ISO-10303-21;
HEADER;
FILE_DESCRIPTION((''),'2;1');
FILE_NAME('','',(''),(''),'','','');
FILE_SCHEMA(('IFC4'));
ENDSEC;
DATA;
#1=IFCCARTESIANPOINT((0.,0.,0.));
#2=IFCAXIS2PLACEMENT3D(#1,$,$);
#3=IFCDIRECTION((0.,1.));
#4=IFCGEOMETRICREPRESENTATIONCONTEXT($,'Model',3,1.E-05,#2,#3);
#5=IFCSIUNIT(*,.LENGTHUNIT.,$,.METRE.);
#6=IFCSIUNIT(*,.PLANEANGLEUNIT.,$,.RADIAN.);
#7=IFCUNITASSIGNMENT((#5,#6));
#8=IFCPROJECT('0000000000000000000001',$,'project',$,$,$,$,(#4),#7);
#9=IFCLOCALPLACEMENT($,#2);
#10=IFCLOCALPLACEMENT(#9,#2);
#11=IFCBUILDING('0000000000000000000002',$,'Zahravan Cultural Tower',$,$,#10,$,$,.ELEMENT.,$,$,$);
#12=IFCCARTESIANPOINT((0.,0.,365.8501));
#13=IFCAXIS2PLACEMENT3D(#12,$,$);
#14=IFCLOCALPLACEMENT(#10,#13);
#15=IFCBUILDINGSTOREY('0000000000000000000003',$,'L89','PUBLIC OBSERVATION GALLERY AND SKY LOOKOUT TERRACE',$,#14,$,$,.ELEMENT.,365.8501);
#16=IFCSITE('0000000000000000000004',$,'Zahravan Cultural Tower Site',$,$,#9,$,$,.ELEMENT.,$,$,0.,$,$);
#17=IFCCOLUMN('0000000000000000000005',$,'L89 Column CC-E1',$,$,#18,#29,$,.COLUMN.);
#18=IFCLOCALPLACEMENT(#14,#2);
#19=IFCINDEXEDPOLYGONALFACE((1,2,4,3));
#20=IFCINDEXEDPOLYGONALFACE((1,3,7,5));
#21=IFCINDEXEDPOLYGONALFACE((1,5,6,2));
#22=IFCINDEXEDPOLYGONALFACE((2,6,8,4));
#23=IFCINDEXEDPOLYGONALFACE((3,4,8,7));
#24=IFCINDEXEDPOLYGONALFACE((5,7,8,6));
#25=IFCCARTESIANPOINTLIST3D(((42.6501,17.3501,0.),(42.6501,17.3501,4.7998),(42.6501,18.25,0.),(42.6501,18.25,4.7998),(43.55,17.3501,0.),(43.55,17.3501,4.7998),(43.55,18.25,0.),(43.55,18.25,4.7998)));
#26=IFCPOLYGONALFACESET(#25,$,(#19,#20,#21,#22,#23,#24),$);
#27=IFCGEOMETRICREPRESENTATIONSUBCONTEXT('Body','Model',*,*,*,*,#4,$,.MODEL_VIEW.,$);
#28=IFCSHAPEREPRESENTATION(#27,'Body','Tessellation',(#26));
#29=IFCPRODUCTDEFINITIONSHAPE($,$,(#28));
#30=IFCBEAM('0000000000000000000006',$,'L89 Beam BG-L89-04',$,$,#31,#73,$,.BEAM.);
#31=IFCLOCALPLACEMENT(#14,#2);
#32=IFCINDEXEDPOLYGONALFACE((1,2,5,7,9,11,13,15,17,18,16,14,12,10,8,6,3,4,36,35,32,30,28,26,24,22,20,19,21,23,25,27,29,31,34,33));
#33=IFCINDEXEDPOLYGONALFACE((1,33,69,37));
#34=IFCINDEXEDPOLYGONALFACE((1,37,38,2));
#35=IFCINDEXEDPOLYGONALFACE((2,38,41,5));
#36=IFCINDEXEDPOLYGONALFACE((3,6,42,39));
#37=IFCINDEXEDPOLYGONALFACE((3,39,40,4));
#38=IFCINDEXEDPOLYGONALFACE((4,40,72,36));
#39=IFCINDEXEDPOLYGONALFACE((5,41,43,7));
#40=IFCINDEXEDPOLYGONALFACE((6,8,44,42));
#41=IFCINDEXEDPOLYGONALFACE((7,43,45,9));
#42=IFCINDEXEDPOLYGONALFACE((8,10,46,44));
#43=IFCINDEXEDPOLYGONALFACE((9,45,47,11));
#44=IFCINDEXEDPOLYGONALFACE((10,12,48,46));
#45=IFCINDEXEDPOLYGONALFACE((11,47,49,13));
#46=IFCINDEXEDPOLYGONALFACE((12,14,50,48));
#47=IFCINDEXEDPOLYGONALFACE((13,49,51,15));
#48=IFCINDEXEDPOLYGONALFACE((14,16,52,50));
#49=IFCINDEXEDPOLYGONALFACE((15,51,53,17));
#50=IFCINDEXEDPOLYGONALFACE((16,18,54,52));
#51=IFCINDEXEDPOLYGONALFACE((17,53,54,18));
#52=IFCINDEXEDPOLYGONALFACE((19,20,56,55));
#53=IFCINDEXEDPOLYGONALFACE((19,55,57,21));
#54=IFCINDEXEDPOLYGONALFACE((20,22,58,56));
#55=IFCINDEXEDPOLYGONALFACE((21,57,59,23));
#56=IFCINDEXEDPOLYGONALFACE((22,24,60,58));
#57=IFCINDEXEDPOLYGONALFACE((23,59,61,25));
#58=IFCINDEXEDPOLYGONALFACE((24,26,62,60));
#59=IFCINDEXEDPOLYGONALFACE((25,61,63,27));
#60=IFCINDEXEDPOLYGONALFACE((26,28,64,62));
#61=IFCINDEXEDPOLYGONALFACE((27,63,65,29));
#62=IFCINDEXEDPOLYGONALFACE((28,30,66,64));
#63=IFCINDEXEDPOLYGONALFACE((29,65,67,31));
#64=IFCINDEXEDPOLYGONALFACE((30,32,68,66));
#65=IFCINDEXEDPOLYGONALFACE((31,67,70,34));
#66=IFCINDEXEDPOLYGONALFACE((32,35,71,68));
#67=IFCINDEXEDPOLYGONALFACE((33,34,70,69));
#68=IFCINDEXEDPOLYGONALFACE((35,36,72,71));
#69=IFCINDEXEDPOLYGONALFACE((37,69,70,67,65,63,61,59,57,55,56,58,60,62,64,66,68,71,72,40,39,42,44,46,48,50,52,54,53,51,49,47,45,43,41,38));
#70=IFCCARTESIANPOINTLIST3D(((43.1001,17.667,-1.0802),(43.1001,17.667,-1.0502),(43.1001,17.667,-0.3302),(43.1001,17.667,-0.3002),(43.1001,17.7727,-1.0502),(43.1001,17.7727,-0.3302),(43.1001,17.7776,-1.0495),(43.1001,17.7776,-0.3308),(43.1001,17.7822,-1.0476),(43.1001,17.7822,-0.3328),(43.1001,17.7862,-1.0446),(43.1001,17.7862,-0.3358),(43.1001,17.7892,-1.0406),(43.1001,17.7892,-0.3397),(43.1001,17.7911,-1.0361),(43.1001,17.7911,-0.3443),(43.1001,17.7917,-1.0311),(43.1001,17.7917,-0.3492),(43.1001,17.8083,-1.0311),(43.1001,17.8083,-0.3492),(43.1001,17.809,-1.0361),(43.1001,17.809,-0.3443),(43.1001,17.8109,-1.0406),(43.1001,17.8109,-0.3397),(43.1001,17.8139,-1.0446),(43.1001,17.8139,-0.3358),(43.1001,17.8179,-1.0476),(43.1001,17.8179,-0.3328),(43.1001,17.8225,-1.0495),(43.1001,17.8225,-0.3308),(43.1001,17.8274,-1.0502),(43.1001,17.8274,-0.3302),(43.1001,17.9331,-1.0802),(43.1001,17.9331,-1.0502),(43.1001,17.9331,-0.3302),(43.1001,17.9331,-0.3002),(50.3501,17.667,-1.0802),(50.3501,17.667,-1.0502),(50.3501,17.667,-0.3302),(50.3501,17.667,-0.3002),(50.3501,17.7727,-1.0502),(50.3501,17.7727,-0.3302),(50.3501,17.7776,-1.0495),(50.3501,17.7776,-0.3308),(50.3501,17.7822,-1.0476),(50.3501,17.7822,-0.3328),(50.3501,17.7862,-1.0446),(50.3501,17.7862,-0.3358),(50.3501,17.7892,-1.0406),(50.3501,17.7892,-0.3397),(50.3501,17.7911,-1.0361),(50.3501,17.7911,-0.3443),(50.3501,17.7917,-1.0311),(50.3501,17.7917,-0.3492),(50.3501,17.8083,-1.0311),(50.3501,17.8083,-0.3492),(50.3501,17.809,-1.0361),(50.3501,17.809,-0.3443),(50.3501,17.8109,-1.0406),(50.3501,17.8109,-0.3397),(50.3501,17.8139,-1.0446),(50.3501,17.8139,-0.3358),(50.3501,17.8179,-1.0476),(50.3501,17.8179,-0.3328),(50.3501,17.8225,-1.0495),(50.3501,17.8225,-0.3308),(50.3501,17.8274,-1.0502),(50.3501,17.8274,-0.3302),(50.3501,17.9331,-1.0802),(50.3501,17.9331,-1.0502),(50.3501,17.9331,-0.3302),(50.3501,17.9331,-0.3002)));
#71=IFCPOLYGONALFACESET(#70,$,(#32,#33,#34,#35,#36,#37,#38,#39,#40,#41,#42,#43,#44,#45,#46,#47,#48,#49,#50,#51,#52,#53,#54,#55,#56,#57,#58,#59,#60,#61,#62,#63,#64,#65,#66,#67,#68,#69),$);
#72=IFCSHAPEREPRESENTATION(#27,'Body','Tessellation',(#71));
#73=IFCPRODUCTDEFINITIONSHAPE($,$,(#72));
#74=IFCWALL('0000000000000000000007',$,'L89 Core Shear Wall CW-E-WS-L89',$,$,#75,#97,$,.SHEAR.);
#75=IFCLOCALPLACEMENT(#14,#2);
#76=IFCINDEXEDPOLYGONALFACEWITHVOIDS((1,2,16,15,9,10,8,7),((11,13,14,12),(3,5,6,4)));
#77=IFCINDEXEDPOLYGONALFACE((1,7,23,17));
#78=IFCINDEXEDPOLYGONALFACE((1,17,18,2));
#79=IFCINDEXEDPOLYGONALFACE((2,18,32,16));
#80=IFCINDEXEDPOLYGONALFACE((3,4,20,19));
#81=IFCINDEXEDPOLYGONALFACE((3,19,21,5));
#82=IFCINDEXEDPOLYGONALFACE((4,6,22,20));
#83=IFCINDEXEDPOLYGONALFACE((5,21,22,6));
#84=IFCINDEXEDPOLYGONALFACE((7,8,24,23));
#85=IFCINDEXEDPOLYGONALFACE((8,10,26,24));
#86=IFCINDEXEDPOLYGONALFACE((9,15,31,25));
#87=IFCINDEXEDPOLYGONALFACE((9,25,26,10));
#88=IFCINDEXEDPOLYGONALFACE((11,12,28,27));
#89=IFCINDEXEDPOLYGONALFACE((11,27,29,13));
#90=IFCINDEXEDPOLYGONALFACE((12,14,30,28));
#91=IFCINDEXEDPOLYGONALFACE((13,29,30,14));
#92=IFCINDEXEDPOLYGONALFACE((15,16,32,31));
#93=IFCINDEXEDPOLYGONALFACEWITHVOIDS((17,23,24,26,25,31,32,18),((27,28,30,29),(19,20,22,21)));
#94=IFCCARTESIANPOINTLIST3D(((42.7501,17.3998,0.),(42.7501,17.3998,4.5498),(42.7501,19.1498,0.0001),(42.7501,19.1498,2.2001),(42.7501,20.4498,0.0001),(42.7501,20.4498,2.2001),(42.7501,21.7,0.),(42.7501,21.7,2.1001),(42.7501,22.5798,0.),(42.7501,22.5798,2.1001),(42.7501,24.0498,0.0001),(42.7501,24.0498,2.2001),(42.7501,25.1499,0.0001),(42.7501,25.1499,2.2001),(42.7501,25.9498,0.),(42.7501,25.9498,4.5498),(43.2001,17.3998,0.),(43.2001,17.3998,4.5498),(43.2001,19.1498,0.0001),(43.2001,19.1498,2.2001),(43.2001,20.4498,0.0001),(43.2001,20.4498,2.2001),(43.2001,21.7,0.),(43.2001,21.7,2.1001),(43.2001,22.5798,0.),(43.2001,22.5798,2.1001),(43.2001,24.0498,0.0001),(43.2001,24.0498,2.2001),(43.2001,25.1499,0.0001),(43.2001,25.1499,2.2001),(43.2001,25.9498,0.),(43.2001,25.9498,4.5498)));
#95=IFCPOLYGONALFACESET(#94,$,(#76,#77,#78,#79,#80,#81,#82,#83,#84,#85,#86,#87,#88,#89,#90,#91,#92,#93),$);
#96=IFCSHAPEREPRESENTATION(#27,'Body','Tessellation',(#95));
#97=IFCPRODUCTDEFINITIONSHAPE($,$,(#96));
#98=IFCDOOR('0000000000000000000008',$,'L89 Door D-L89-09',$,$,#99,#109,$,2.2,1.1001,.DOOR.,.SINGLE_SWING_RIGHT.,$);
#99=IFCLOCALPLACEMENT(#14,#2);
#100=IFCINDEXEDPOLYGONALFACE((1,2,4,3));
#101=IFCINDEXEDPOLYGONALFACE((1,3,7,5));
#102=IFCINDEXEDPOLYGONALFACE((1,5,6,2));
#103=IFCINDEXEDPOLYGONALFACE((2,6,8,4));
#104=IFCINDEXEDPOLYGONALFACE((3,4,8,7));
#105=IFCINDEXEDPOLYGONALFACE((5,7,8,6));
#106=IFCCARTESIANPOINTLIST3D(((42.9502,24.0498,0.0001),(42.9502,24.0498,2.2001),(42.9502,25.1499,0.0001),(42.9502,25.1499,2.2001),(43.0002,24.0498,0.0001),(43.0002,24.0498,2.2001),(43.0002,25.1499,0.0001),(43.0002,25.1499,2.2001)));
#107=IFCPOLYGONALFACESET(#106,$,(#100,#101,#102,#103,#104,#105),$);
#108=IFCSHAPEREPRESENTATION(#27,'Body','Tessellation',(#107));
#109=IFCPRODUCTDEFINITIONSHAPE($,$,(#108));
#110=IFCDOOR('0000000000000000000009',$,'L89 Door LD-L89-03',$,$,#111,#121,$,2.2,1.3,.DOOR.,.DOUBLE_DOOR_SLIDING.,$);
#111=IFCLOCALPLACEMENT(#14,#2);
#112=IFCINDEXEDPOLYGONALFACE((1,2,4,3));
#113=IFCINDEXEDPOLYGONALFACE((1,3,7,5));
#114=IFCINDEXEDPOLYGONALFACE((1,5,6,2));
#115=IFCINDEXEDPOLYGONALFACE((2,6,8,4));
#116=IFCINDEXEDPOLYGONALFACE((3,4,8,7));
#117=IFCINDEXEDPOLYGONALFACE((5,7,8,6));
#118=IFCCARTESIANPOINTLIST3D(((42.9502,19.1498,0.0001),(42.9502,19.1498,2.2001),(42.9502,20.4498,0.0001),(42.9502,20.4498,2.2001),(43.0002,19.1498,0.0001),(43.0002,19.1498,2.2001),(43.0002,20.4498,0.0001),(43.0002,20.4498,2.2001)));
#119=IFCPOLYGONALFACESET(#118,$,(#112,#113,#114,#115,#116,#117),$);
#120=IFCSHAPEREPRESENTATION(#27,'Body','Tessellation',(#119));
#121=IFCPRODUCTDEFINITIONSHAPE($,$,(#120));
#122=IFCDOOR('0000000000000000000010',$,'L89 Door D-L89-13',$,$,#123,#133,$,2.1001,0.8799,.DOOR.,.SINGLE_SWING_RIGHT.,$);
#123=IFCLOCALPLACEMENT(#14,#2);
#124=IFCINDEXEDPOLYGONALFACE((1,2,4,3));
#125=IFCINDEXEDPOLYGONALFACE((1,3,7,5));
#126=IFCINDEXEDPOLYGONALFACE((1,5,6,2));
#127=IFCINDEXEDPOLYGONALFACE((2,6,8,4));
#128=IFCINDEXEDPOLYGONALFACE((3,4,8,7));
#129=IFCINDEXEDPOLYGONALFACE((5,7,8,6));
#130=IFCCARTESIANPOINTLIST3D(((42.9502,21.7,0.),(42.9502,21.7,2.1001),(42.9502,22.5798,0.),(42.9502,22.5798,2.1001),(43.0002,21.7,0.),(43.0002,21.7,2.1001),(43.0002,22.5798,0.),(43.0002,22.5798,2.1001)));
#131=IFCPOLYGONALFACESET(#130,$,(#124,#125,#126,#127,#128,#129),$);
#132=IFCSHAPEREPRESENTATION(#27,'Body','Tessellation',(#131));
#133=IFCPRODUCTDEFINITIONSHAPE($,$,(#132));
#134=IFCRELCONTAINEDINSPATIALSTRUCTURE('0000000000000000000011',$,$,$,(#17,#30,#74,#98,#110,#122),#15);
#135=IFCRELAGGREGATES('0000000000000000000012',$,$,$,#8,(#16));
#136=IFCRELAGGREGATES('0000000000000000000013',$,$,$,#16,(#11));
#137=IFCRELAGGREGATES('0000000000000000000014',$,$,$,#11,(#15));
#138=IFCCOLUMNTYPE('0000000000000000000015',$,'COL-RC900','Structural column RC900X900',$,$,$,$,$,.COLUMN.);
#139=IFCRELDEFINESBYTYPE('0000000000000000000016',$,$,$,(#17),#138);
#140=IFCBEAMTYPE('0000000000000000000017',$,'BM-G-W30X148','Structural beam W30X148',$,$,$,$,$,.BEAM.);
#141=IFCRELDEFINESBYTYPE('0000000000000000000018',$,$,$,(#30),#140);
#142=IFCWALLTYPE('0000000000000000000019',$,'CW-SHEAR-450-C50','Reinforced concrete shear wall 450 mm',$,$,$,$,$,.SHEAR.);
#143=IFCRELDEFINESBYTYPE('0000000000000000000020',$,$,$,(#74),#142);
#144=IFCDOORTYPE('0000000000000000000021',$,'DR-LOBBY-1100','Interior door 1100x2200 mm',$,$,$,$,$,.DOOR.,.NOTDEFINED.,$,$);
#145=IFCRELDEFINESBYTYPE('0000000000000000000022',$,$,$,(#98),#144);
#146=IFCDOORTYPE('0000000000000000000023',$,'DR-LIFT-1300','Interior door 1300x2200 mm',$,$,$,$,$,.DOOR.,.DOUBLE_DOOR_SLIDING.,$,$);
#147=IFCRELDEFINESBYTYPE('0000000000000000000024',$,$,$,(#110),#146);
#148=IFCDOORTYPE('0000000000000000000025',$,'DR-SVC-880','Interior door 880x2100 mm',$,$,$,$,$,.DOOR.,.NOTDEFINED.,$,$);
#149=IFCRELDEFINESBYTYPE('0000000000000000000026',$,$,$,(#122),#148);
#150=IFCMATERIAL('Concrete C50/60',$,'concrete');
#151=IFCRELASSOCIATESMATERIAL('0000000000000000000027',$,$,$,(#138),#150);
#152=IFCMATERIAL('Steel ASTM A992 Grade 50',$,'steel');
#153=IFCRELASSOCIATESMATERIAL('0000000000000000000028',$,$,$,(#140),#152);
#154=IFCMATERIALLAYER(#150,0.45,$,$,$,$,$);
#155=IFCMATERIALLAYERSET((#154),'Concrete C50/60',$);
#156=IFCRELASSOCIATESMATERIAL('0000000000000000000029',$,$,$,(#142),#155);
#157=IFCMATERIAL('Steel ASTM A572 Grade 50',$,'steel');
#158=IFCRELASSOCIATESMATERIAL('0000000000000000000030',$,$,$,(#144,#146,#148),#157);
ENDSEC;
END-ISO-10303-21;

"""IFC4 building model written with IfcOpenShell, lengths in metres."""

from ifc_helpers import new_model, si_unit, direction, frame, frame_2d, origin, origin_2d, place, context, subcontext, project, spatial, rectangle, i_section, extrude, source, transform, mapped, material, layer, layer_set, material_profile, profile_set, type_object, element, fill, save


model = new_model("IFC4")

# Units and contexts
model_context = context("Model", 3, precision=1e-05, world=origin(), true_north=direction((0.0, 1.0)))
body_context = subcontext(model_context, "Body", "Model", "MODEL_VIEW")
ifc_project = project(units=[si_unit("LENGTHUNIT", "METRE"), si_unit("PLANEANGLEUNIT", "RADIAN")], contexts=[model_context])

# Site, building, storey
site_placement = place(None, origin())
site = spatial("IfcSite", under=ifc_project, at=site_placement, Name="Zahravan Cultural Tower Site", CompositionType="ELEMENT", RefElevation=0.0)
building_placement = place(site_placement, origin())
building = spatial("IfcBuilding", under=site, at=building_placement, Name="Zahravan Cultural Tower", CompositionType="ELEMENT")
storey_placement = place(building_placement, frame((0.0, 0.0, 365.8501)))
storey = spatial("IfcBuildingStorey", under=building, at=storey_placement, Name="L89", Description="PUBLIC OBSERVATION GALLERY AND SKY LOOKOUT TERRACE", CompositionType="ELEMENT", Elevation=365.8501)

# Column
ifc_material_1 = material(Name="Concrete C50/60", Category="concrete")
ifc_material_profile_1 = material_profile(ifc_material_1, rectangle(XDim=0.8999, YDim=0.8999, at=origin_2d()), Name="RC900X900")
ifc_profile_set_1 = profile_set([ifc_material_profile_1], Name="Concrete C50/60")
column_type = type_object("IfcColumnType", Name="COL-RC900", Description="Structural column RC900X900", PredefinedType="COLUMN", material=ifc_profile_set_1)
shared_shape_1 = source(origin(), body_context, "Body", "SweptSolid", [
    extrude(rectangle(XDim=0.8999, YDim=0.8999, at=origin_2d()), origin(), (0.0, 0.0, 1.0), 4.7998),
])
column_placement = place(storey_placement, frame((43.1001, 17.8, 0.0), z_axis=(0.0, 0.0, 1.0), x_axis=(1.0, 0.0, 0.0)))
element("IfcColumn", 1, at=column_placement, inside=storey, type_object=column_type, Name="L89 Column CC-E1", PredefinedType="COLUMN", context=body_context, shape_type="MappedRepresentation", body=[
    mapped(shared_shape_1, transform((0.0, 0.0, 0.0), x_axis=(1.0, 0.0, 0.0), y_axis=(0.0, 1.0, 0.0), z_axis=(0.0, 0.0, 1.0), scale=1.0)),
])

# Beam
ifc_material_2 = material(Name="Steel ASTM A992 Grade 50", Category="steel")
ifc_material_profile_2 = material_profile(ifc_material_2, i_section(OverallWidth=0.2661, OverallDepth=0.78, WebThickness=0.0166, FlangeThickness=0.03, FilletRadius=0.019, at=origin_2d()), Name="W30X148")
ifc_profile_set_2 = profile_set([ifc_material_profile_2], Name="Steel ASTM A992 Grade 50")
beam_type = type_object("IfcBeamType", Name="BM-G-W30X148", Description="Structural beam W30X148", PredefinedType="BEAM", material=ifc_profile_set_2)
shared_shape_2 = source(origin(), body_context, "Body", "SweptSolid", [
    extrude(i_section(OverallWidth=0.2661, OverallDepth=0.78, WebThickness=0.0166, FlangeThickness=0.03, FilletRadius=0.019, at=origin_2d()), origin(), (0.0, 0.0, 1.0), 7.25),
])
beam_placement = place(storey_placement, frame((43.1001, 17.8, -0.6902), z_axis=(1.0, 0.0, 0.0), x_axis=(0.0, 1.0, 0.0)))
element("IfcBeam", 2, at=beam_placement, inside=storey, type_object=beam_type, Name="L89 Beam BG-L89-04", PredefinedType="BEAM", context=body_context, shape_type="MappedRepresentation", body=[
    mapped(shared_shape_2, transform((0.0, 0.0, 0.0), x_axis=(1.0, 0.0, 0.0), y_axis=(0.0, 1.0, 0.0), z_axis=(0.0, 0.0, 1.0), scale=1.0)),
])

# Wall, openings, doors
ifc_layer_1 = layer(ifc_material_1, 0.45)
ifc_layer_set_1 = layer_set([ifc_layer_1], Name="Concrete C50/60")
wall_type_1 = type_object("IfcWallType", Name="CW-SHEAR-450-C50", Description="Reinforced concrete shear wall 450 mm", PredefinedType="SHEAR", material=ifc_layer_set_1)
wall_1_placement = place(storey_placement, frame((42.9751, 17.3999, 0.0), z_axis=(0.0, 0.0, 1.0), x_axis=(0.0, 1.0, 0.0)))
wall_1 = element("IfcWall", 3, at=wall_1_placement, inside=storey, type_object=wall_type_1, Name="L89 Core Shear Wall CW-E-WS-L89", PredefinedType="SHEAR", context=body_context, shape_type="SweptSolid", body=[
    extrude(rectangle(XDim=8.55, YDim=0.45, at=frame_2d((4.2749, 0.0))), origin(), (0.0, 0.0, 1.0), 4.5498),
])
opening_1_placement = place(wall_1_placement, frame((6.6499, 0.0, 0.0)))
opening_1 = element("IfcOpeningElement", 4, at=opening_1_placement, cuts=wall_1, PredefinedType="OPENING", context=body_context, shape_type="SweptSolid", body=[
    extrude(rectangle(XDim=1.1001, YDim=2.2, at=frame_2d((0.55, 1.1001))), frame((0.0, 0.2349, 0.0), z_axis=(0.0, -1.0, 0.0), x_axis=(1.0, 0.0, 0.0)), (0.0, 0.0, 1.0), 0.47),
])
opening_2_placement = place(wall_1_placement, frame((1.75, 0.0, 0.0)))
opening_2 = element("IfcOpeningElement", 5, at=opening_2_placement, cuts=wall_1, PredefinedType="OPENING", context=body_context, shape_type="SweptSolid", body=[
    extrude(rectangle(XDim=1.3, YDim=2.2, at=frame_2d((0.6499, 1.1001))), frame((0.0, 0.2349, 0.0), z_axis=(0.0, -1.0, 0.0), x_axis=(1.0, 0.0, 0.0)), (0.0, 0.0, 1.0), 0.47),
])
opening_3_placement = place(wall_1_placement, frame((4.3, 0.0, 0.0)))
opening_3 = element("IfcOpeningElement", 6, at=opening_3_placement, cuts=wall_1, PredefinedType="OPENING", context=body_context, shape_type="SweptSolid", body=[
    extrude(rectangle(XDim=0.8799, YDim=2.1001, at=frame_2d((0.4399, 1.05))), frame((0.0, 0.2349, 0.0), z_axis=(0.0, -1.0, 0.0), x_axis=(1.0, 0.0, 0.0)), (0.0, 0.0, 1.0), 0.47),
])
ifc_material_3 = material(Name="Steel ASTM A572 Grade 50", Category="steel")
door_type_1 = type_object("IfcDoorType", Name="DR-LOBBY-1100", Description="Interior door 1100x2200 mm", OperationType="NOTDEFINED", PredefinedType="DOOR", material=ifc_material_3)
shared_shape_3 = source(origin(), body_context, "Body", "SweptSolid", [
    extrude(rectangle(XDim=1.1001, YDim=2.2, at=frame_2d((0.55, 1.1001))), frame((0.0, 0.0249, 0.0), z_axis=(0.0, -1.0, 0.0), x_axis=(1.0, 0.0, 0.0)), (0.0, 0.0, 1.0), 0.05),
])
door_1_placement = place(opening_1_placement, origin())
door_1 = element("IfcDoor", 7, at=door_1_placement, inside=storey, type_object=door_type_1, Name="L89 Door D-L89-09", OperationType="SINGLE_SWING_RIGHT", OverallHeight=2.2, OverallWidth=1.1001, PredefinedType="DOOR", context=body_context, shape_type="MappedRepresentation", body=[
    mapped(shared_shape_3, transform((0.0, 0.0, 0.0), x_axis=(1.0, 0.0, 0.0), y_axis=(0.0, 1.0, 0.0), z_axis=(0.0, 0.0, 1.0), scale=1.0)),
])
fill(opening_1, door_1)
door_type_2 = type_object("IfcDoorType", Name="DR-LIFT-1300", Description="Interior door 1300x2200 mm", OperationType="DOUBLE_DOOR_SLIDING", PredefinedType="DOOR", material=ifc_material_3)
shared_shape_4 = source(origin(), body_context, "Body", "SweptSolid", [
    extrude(rectangle(XDim=1.3, YDim=2.2, at=frame_2d((0.6499, 1.1001))), frame((0.0, 0.0249, 0.0), z_axis=(0.0, -1.0, 0.0), x_axis=(1.0, 0.0, 0.0)), (0.0, 0.0, 1.0), 0.05),
])
door_2_placement = place(opening_2_placement, origin())
door_2 = element("IfcDoor", 8, at=door_2_placement, inside=storey, type_object=door_type_2, Name="L89 Door LD-L89-03", OperationType="DOUBLE_DOOR_SLIDING", OverallHeight=2.2, OverallWidth=1.3, PredefinedType="DOOR", context=body_context, shape_type="MappedRepresentation", body=[
    mapped(shared_shape_4, transform((0.0, 0.0, 0.0), x_axis=(1.0, 0.0, 0.0), y_axis=(0.0, 1.0, 0.0), z_axis=(0.0, 0.0, 1.0), scale=1.0)),
])
fill(opening_2, door_2)
door_type_3 = type_object("IfcDoorType", Name="DR-SVC-880", Description="Interior door 880x2100 mm", OperationType="NOTDEFINED", PredefinedType="DOOR", material=ifc_material_3)
shared_shape_5 = source(origin(), body_context, "Body", "SweptSolid", [
    extrude(rectangle(XDim=0.8799, YDim=2.1001, at=frame_2d((0.4399, 1.05))), frame((0.0, 0.0249, 0.0), z_axis=(0.0, -1.0, 0.0), x_axis=(1.0, 0.0, 0.0)), (0.0, 0.0, 1.0), 0.05),
])
door_3_placement = place(opening_3_placement, origin())
door_3 = element("IfcDoor", 9, at=door_3_placement, inside=storey, type_object=door_type_3, Name="L89 Door D-L89-13", OperationType="SINGLE_SWING_RIGHT", OverallHeight=2.1001, OverallWidth=0.8799, PredefinedType="DOOR", context=body_context, shape_type="MappedRepresentation", body=[
    mapped(shared_shape_5, transform((0.0, 0.0, 0.0), x_axis=(1.0, 0.0, 0.0), y_axis=(0.0, 1.0, 0.0), z_axis=(0.0, 0.0, 1.0), scale=1.0)),
])
fill(opening_3, door_3)

save(model, "model.ifc")
